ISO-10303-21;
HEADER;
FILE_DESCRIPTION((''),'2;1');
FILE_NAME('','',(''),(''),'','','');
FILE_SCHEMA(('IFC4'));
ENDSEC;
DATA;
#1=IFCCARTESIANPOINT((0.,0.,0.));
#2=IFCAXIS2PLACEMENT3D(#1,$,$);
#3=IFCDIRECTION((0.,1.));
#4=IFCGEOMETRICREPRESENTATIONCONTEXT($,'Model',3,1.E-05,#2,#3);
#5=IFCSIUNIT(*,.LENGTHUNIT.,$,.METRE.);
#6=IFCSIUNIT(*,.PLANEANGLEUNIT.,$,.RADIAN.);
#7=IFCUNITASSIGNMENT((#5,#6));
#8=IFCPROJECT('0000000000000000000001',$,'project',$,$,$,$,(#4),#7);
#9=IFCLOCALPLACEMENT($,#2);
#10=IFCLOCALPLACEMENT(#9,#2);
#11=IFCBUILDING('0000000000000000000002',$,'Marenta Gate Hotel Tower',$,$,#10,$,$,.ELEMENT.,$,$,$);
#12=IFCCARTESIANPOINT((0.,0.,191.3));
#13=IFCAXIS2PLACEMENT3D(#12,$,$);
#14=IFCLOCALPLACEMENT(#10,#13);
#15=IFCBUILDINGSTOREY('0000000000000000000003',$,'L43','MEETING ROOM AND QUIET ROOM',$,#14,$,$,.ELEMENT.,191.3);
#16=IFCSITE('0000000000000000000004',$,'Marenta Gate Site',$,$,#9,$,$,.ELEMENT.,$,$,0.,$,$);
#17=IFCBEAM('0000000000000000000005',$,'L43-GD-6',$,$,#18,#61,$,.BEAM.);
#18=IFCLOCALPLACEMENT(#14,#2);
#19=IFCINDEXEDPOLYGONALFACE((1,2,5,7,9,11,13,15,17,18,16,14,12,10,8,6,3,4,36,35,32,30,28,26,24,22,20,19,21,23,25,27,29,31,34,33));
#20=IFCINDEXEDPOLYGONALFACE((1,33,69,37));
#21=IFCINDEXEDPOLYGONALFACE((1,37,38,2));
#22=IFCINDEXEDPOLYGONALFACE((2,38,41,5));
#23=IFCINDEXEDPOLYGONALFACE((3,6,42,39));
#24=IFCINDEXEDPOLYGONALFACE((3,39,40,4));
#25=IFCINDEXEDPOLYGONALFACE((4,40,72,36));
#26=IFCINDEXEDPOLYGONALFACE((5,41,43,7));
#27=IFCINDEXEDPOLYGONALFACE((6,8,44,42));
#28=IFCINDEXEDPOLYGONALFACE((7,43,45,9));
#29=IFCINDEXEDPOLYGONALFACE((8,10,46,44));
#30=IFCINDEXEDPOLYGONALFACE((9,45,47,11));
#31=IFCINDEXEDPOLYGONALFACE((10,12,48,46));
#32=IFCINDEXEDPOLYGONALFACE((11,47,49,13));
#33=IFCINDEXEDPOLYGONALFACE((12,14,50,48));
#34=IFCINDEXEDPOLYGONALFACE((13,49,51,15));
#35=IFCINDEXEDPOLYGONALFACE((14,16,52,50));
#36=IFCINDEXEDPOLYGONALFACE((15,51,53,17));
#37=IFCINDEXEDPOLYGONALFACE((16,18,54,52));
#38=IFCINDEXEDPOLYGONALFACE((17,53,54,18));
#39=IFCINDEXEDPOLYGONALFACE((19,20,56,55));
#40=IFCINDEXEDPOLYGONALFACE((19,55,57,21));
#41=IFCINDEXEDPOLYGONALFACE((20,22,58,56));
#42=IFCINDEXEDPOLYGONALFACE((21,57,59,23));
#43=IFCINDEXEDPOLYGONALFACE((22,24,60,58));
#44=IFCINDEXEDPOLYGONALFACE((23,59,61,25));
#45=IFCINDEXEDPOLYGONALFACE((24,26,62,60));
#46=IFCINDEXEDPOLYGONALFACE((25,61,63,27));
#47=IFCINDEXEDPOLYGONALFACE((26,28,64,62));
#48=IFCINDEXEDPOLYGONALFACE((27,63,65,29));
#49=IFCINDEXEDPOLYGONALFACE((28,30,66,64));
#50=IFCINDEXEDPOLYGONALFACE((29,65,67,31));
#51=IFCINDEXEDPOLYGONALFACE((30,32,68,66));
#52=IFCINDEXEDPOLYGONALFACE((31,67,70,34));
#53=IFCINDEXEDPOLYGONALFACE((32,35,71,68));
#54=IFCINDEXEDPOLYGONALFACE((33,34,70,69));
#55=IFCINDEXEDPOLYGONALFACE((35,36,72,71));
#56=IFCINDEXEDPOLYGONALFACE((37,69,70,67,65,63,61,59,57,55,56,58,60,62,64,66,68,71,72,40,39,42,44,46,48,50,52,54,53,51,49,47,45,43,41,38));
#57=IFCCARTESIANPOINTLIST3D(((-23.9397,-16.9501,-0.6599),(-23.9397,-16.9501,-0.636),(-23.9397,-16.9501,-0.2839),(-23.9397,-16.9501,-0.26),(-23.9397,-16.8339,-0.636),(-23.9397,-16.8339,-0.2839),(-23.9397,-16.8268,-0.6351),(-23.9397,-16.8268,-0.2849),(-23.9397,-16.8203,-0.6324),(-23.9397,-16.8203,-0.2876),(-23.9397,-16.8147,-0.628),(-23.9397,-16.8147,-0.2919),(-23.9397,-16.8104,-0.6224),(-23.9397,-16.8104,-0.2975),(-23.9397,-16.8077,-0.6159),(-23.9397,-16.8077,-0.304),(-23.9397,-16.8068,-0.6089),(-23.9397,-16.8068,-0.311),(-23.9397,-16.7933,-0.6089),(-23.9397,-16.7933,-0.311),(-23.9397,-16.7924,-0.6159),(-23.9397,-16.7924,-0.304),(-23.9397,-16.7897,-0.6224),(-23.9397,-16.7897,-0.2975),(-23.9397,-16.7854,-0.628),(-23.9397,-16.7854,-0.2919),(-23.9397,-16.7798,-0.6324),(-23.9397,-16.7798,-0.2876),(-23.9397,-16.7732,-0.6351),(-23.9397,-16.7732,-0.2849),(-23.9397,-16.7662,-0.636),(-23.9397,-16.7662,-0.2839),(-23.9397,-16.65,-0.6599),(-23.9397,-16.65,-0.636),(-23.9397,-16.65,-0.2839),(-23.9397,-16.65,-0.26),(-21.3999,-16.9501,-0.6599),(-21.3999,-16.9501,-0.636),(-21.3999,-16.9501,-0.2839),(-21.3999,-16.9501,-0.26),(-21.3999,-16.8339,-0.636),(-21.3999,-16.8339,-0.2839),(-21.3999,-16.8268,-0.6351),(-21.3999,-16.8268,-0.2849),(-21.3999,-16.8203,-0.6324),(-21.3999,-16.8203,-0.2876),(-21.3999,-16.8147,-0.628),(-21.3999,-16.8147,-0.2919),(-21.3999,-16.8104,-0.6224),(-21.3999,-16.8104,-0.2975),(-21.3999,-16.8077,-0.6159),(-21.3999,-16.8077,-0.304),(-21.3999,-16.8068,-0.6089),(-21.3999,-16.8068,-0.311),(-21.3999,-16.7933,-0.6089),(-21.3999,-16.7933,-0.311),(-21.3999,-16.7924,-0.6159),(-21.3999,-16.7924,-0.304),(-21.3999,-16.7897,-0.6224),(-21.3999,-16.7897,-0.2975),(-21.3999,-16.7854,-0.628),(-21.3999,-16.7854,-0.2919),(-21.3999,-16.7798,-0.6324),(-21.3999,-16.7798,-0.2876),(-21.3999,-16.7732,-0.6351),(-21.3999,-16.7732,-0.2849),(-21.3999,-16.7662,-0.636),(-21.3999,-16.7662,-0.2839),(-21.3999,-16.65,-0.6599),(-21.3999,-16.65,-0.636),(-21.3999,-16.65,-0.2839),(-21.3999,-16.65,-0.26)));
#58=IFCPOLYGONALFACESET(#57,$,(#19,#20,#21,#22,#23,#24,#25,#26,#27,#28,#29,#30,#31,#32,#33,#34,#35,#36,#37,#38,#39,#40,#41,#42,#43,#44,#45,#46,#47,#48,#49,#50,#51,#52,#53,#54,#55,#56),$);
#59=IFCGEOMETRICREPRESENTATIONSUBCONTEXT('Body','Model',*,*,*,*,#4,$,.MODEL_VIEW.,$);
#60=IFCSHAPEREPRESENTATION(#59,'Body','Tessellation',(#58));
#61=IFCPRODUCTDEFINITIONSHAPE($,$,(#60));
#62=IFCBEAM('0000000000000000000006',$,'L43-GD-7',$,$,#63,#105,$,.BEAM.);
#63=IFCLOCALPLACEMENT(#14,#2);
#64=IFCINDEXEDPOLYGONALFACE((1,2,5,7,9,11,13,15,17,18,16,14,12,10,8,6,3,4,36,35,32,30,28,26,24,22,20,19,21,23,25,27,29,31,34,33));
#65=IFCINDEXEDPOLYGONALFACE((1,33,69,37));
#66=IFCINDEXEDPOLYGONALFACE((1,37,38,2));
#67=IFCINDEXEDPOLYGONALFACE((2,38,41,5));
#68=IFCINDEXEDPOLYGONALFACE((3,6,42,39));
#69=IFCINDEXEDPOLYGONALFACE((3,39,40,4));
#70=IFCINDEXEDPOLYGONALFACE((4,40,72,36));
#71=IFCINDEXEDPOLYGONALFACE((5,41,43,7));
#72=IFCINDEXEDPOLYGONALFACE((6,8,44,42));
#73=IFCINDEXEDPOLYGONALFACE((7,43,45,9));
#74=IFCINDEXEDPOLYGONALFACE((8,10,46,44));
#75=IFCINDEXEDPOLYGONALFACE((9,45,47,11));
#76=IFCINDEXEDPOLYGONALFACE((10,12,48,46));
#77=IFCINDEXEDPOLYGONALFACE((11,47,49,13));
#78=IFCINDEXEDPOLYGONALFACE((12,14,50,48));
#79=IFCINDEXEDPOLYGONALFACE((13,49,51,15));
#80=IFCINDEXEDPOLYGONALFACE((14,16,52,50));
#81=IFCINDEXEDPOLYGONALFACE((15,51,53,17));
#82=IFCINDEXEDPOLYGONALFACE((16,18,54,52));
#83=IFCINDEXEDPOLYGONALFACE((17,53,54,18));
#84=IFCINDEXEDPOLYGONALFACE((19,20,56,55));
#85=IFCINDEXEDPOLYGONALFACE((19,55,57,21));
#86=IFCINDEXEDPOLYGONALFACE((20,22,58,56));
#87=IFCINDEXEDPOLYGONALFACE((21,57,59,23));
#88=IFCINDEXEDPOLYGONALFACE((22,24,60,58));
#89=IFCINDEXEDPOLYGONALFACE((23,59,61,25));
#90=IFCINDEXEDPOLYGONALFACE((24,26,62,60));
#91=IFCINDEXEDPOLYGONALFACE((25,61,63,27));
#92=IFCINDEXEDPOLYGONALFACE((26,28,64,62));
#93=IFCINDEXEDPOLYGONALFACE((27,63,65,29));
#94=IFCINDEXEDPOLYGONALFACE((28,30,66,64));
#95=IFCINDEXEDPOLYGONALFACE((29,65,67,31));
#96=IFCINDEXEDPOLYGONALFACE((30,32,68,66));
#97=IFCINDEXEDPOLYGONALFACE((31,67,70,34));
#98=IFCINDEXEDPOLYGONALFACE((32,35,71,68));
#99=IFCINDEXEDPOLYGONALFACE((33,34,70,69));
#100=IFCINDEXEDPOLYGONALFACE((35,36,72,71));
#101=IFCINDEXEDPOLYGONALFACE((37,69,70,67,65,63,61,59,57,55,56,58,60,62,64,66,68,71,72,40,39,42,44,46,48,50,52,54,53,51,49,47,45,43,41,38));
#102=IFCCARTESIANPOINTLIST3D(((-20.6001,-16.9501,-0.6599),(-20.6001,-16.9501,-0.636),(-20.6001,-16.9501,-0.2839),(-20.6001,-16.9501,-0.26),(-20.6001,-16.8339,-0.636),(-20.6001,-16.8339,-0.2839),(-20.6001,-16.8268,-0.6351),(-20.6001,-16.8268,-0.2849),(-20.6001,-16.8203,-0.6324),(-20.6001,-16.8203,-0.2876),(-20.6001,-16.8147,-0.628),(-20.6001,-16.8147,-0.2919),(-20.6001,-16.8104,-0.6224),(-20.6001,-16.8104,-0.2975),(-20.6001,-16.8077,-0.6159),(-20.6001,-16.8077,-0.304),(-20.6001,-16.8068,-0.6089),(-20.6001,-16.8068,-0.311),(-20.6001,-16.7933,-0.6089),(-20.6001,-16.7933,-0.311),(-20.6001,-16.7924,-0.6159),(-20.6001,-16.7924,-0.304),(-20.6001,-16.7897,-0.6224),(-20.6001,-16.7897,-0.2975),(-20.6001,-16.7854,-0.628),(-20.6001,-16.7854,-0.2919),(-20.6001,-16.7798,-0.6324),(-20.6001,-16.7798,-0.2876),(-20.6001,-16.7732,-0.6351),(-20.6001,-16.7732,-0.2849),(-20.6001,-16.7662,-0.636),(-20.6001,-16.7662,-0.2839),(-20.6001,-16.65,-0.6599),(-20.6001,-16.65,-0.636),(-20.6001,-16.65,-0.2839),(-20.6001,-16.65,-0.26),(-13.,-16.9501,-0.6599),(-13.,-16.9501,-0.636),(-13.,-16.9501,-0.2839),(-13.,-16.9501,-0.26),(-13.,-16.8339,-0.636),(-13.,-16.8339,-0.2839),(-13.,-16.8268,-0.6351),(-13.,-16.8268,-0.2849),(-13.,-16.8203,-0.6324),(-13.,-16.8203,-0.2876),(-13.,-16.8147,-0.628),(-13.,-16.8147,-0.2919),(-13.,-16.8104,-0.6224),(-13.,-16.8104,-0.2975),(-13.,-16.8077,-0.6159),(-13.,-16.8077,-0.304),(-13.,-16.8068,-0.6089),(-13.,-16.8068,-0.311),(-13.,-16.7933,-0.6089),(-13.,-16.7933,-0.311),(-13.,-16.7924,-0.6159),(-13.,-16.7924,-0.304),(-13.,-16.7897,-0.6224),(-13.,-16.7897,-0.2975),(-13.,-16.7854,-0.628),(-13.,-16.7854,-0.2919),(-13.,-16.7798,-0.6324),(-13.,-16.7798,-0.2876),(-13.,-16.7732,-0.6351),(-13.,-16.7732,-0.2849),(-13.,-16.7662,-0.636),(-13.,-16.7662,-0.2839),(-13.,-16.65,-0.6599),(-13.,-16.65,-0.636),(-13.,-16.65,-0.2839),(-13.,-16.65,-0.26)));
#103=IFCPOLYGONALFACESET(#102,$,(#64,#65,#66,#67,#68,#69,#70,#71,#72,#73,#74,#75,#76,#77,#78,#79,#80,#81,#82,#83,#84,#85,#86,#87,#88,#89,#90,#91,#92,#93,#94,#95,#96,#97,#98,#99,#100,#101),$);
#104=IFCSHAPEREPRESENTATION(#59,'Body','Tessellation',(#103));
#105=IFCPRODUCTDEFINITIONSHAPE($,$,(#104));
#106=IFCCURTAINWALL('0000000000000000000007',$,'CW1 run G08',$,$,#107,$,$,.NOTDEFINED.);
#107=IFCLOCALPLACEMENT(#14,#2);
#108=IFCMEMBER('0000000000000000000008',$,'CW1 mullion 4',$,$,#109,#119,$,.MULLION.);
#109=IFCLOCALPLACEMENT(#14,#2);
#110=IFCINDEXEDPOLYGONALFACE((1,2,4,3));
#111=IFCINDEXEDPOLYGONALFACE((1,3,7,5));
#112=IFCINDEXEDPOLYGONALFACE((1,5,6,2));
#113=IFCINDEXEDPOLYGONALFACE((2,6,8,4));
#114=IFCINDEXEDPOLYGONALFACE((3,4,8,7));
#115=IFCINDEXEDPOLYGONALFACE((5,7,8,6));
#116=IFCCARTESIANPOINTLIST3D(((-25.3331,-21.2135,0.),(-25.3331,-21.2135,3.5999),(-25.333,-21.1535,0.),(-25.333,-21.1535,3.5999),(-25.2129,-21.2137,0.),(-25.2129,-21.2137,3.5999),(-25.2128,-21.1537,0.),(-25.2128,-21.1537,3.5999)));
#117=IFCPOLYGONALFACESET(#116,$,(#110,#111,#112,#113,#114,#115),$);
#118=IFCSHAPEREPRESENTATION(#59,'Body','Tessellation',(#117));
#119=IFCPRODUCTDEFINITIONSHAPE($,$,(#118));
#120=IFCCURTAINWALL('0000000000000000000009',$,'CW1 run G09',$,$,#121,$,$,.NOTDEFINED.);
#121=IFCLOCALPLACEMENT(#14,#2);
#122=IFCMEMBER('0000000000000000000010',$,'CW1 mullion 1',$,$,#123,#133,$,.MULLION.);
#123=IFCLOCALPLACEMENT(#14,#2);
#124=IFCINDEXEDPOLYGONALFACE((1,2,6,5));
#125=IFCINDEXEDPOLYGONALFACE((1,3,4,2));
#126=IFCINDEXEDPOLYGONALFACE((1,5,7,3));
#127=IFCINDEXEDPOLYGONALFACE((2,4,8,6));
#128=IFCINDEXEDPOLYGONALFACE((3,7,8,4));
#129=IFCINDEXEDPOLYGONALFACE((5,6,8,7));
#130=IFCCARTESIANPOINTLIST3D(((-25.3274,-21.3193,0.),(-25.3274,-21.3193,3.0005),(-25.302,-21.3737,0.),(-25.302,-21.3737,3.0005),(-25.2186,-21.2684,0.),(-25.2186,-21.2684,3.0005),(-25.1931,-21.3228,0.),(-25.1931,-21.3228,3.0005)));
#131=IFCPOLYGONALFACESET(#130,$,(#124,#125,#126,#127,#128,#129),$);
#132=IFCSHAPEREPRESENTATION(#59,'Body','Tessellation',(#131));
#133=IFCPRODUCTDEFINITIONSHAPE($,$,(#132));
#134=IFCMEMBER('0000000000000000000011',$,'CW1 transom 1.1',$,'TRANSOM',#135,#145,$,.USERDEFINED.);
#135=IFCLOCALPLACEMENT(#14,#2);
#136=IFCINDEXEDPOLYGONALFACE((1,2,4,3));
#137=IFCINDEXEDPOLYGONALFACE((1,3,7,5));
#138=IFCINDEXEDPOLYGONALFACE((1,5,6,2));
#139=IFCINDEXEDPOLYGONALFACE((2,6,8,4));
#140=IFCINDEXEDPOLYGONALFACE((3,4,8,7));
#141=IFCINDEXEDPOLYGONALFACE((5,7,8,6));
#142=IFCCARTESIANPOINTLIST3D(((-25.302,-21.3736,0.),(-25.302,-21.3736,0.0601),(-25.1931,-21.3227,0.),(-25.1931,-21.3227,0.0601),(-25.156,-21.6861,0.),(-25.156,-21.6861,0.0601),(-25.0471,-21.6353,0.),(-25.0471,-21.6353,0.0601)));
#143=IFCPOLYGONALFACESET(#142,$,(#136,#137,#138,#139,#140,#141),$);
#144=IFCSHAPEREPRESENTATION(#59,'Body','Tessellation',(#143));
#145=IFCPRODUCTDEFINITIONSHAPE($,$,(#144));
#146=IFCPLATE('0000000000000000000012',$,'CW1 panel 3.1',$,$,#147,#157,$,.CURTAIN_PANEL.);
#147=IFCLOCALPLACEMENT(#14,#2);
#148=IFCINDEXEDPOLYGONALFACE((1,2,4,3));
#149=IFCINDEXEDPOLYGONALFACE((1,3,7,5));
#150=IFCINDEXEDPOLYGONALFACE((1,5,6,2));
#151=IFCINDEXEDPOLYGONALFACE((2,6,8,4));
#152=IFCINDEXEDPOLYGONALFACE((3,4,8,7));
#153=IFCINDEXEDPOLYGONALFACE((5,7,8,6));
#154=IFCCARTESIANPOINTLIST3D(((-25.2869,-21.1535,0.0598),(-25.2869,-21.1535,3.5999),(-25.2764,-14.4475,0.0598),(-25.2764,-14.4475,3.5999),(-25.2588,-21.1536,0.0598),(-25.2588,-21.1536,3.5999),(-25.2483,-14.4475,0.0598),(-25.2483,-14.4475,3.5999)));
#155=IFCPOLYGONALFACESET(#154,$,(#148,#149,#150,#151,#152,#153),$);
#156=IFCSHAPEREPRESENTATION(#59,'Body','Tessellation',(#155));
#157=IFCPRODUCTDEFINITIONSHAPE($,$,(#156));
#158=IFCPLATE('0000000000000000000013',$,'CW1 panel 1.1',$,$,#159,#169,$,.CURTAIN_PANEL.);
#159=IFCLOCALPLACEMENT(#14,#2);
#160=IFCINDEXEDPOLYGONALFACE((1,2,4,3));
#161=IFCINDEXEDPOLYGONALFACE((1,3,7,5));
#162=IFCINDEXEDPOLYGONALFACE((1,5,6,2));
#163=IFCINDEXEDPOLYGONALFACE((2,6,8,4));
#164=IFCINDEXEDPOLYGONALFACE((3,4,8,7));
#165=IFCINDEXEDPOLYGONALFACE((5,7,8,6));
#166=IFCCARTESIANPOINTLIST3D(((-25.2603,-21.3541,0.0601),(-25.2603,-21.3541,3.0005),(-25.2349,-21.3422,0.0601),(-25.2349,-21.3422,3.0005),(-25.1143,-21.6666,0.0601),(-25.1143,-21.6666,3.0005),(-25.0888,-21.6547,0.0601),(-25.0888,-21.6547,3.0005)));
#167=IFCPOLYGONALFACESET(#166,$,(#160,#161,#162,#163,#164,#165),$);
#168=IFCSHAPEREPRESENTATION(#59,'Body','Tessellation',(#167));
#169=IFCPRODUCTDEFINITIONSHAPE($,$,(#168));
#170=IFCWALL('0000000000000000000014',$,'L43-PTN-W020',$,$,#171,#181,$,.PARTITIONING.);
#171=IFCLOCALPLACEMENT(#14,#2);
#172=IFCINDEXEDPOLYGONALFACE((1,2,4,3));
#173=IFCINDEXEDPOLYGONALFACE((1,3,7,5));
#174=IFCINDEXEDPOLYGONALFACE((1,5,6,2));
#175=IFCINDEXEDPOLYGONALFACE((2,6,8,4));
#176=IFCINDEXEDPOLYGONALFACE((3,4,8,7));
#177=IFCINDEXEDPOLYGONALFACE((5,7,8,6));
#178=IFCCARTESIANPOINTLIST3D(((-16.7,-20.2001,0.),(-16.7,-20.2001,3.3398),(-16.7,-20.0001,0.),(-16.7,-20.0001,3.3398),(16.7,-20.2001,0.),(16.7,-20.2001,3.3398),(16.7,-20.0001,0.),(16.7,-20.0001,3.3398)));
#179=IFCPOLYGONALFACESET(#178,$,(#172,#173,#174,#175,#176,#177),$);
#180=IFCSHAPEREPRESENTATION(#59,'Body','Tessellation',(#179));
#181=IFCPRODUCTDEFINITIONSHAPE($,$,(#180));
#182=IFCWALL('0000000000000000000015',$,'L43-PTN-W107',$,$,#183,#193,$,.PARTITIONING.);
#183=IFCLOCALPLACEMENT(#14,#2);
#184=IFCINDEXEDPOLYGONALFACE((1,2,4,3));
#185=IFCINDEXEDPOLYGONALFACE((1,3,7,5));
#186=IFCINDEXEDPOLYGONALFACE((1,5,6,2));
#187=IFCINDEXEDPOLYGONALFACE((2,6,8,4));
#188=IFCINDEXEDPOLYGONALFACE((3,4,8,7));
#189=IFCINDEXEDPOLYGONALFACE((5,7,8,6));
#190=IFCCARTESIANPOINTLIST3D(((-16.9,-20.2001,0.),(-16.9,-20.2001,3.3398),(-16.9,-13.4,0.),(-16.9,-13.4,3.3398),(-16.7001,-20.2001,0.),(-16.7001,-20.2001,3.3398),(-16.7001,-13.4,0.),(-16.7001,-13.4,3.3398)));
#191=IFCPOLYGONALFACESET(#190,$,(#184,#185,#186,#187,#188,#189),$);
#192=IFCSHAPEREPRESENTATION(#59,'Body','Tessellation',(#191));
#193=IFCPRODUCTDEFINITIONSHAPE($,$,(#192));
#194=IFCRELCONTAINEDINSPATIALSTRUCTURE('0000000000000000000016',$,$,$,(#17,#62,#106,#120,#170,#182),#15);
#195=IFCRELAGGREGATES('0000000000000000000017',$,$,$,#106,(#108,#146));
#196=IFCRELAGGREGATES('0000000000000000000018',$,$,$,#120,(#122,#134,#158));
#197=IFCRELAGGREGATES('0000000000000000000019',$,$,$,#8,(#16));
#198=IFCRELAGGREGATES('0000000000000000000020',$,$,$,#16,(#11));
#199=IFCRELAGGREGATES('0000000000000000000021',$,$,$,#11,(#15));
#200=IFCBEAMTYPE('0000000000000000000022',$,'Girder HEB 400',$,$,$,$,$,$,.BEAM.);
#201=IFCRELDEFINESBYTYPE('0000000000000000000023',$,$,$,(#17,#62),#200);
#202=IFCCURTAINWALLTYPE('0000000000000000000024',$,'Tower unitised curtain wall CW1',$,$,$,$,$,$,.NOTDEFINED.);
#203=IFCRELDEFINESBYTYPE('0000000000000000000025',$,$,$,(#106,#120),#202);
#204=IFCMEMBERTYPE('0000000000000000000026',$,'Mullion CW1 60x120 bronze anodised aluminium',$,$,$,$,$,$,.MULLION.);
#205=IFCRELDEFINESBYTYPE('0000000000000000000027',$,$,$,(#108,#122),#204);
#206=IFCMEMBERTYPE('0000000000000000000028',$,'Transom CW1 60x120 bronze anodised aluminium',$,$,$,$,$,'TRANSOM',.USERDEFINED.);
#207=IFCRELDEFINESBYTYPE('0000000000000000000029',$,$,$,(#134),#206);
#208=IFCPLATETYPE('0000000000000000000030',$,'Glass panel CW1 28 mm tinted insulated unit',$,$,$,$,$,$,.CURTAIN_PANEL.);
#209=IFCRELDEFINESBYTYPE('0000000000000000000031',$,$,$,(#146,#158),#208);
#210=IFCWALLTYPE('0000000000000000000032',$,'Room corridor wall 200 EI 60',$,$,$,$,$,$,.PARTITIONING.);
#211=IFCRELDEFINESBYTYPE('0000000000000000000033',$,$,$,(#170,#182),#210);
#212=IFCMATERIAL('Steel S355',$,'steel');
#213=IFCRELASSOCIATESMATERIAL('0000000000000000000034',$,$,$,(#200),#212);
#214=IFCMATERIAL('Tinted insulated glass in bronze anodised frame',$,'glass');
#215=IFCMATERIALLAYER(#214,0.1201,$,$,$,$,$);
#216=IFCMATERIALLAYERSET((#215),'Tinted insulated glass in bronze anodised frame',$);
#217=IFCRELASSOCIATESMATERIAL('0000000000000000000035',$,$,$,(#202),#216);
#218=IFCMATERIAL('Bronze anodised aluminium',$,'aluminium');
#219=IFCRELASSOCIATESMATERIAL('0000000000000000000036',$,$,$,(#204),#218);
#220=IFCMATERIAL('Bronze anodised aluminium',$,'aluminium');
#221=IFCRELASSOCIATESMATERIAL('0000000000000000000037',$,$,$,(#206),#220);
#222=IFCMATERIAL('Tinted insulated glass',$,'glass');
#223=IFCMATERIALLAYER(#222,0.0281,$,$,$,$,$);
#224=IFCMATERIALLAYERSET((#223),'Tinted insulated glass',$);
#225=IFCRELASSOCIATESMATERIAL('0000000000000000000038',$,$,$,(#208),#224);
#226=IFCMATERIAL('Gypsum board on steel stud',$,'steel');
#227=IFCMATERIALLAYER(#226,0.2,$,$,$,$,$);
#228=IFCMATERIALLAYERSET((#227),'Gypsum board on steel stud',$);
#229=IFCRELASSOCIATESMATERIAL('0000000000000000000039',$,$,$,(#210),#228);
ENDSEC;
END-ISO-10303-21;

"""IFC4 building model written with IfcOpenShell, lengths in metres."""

from ifc_helpers import new_model, si_unit, direction, frame, frame_2d, origin, origin_2d, place, context, subcontext, project, spatial, rectangle, i_section, extrude, material, layer, layer_set, material_profile, profile_set, type_object, element, aggregate, save


model = new_model("IFC4")

# Units and contexts
model_context = context("Model", 3, precision=1e-05, world=origin(), true_north=direction((0.0, 1.0)))
body_context = subcontext(model_context, "Body", "Model", "MODEL_VIEW")
ifc_project = project(units=[si_unit("LENGTHUNIT", "METRE"), si_unit("PLANEANGLEUNIT", "RADIAN")], contexts=[model_context])

# Site, building, storey
site_placement = place(None, origin())
site = spatial("IfcSite", under=ifc_project, at=site_placement, Name="Marenta Gate Site", CompositionType="ELEMENT", RefElevation=0.0)
building_placement = place(site_placement, origin())
building = spatial("IfcBuilding", under=site, at=building_placement, Name="Marenta Gate Hotel Tower", CompositionType="ELEMENT")
storey_placement = place(building_placement, frame((0.0, 0.0, 191.3)))
storey = spatial("IfcBuildingStorey", under=building, at=storey_placement, Name="L43", Description="MEETING ROOM AND QUIET ROOM", CompositionType="ELEMENT", Elevation=191.3)

# Beams
ifc_material_1 = material(Name="Steel S355", Category="steel")
ifc_material_profile_1 = material_profile(ifc_material_1, i_section(OverallWidth=0.3, OverallDepth=0.3999, WebThickness=0.0134, FlangeThickness=0.0239, FilletRadius=0.0271, at=origin_2d()), Name="HEB 400")
ifc_profile_set_1 = profile_set([ifc_material_profile_1], Name="Steel S355")
beam_type_1 = type_object("IfcBeamType", Name="Girder HEB 400", PredefinedType="BEAM", material=ifc_profile_set_1)
beam_1_placement = place(storey_placement, frame((-23.9397, -16.8, -0.46), z_axis=(1.0, 0.0, 0.0), x_axis=(0.0, 1.0, 0.0)))
element("IfcBeam", 1, at=beam_1_placement, inside=storey, type_object=beam_type_1, Name="L43-GD-6", PredefinedType="BEAM", context=body_context, shape_type="SweptSolid", body=[
    extrude(i_section(OverallWidth=0.3, OverallDepth=0.3999, WebThickness=0.0134, FlangeThickness=0.0239, FilletRadius=0.0271, at=origin_2d()), origin(), (0.0, 0.0, 1.0), 2.5398),
])
beam_2_placement = place(storey_placement, frame((-20.6001, -16.8, -0.46), z_axis=(1.0, 0.0, 0.0), x_axis=(0.0, 1.0, 0.0)))
element("IfcBeam", 2, at=beam_2_placement, inside=storey, type_object=beam_type_1, Name="L43-GD-7", PredefinedType="BEAM", context=body_context, shape_type="SweptSolid", body=[
    extrude(i_section(OverallWidth=0.3, OverallDepth=0.3999, WebThickness=0.0134, FlangeThickness=0.0239, FilletRadius=0.0271, at=origin_2d()), origin(), (0.0, 0.0, 1.0), 7.6001),
])

# Curtain wall, member
ifc_material_2 = material(Name="Tinted insulated glass in bronze anodised frame", Category="glass")
ifc_layer_1 = layer(ifc_material_2, 0.1201)
ifc_layer_set_1 = layer_set([ifc_layer_1], Name="Tinted insulated glass in bronze anodised frame")
curtain_wall_type = type_object("IfcCurtainWallType", Name="Tower unitised curtain wall CW1", PredefinedType="NOTDEFINED", material=ifc_layer_set_1)
curtain_wall_1_placement = place(storey_placement, origin())
curtain_wall_1 = element("IfcCurtainWall", 3, at=curtain_wall_1_placement, inside=storey, type_object=curtain_wall_type, Name="CW1 run G08", PredefinedType="NOTDEFINED")
ifc_material_3 = material(Name="Bronze anodised aluminium", Category="aluminium")
ifc_material_profile_2 = material_profile(ifc_material_3, rectangle(XDim=0.1201, YDim=0.0601, at=origin_2d()), Name="Mullion CW1 60x120 bronze anodised aluminium")
ifc_profile_set_2 = profile_set([ifc_material_profile_2], Name="Bronze anodised aluminium")
member_type_1 = type_object("IfcMemberType", Name="Mullion CW1 60x120 bronze anodised aluminium", PredefinedType="MULLION", material=ifc_profile_set_2)
member_1_placement = place(storey_placement, frame((-25.2729, -21.1836, 0.0), z_axis=(0.0, 0.0, 1.0), x_axis=(0.999999, -0.001565, 0.0)))
member_1 = element("IfcMember", 4, at=member_1_placement, type_object=member_type_1, Name="CW1 mullion 4", PredefinedType="MULLION", context=body_context, shape_type="SweptSolid", body=[
    extrude(rectangle(XDim=0.1201, YDim=0.0601, at=origin_2d()), origin(), (0.0, 0.0, 1.0), 3.5999),
])

# Curtain wall, members
curtain_wall_2_placement = place(storey_placement, origin())
curtain_wall_2 = element("IfcCurtainWall", 5, at=curtain_wall_2_placement, inside=storey, type_object=curtain_wall_type, Name="CW1 run G09", PredefinedType="NOTDEFINED")
member_2_placement = place(storey_placement, frame((-25.2603, -21.321, 0.0), z_axis=(0.0, 0.0, 1.0), x_axis=(0.905968, 0.423345, 0.0)))
member_2 = element("IfcMember", 6, at=member_2_placement, type_object=member_type_1, Name="CW1 mullion 1", PredefinedType="MULLION", context=body_context, shape_type="SweptSolid", body=[
    extrude(rectangle(XDim=0.1201, YDim=0.0601, at=origin_2d()), origin(), (0.0, 0.0, 1.0), 3.0005),
])
ifc_material_4 = material(Name="Bronze anodised aluminium", Category="aluminium")
ifc_material_profile_3 = material_profile(ifc_material_4, rectangle(XDim=0.1201, YDim=0.0601, at=origin_2d()), Name="Transom CW1 60x120 bronze anodised aluminium")
ifc_profile_set_3 = profile_set([ifc_material_profile_3], Name="Bronze anodised aluminium")
member_type_2 = type_object("IfcMemberType", Name="Transom CW1 60x120 bronze anodised aluminium", ElementType="TRANSOM", PredefinedType="USERDEFINED", material=ifc_profile_set_3)
member_3_placement = place(storey_placement, frame((-25.2476, -21.3481, 0.03), z_axis=(0.423273, -0.906002, 0.0), x_axis=(0.906002, 0.423273, 0.0)))
member_3 = element("IfcMember", 7, at=member_3_placement, type_object=member_type_2, Name="CW1 transom 1.1", ObjectType="TRANSOM", PredefinedType="USERDEFINED", context=body_context, shape_type="SweptSolid", body=[
    extrude(rectangle(XDim=0.1201, YDim=0.0601, at=origin_2d()), origin(), (0.0, 0.0, 1.0), 0.345),
])

# Plates
ifc_material_5 = material(Name="Tinted insulated glass", Category="glass")
ifc_layer_2 = layer(ifc_material_5, 0.0281)
ifc_layer_set_2 = layer_set([ifc_layer_2], Name="Tinted insulated glass")
plate_type = type_object("IfcPlateType", Name="Glass panel CW1 28 mm tinted insulated unit", PredefinedType="CURTAIN_PANEL", material=ifc_layer_set_2)
plate_1_placement = place(storey_placement, frame((-25.2676, -17.8005, 0.0598), z_axis=(0.0, 0.0, 1.0), x_axis=(-0.001565, -0.999999, 0.0)))
plate_1 = element("IfcPlate", 8, at=plate_1_placement, type_object=plate_type, Name="CW1 panel 3.1", PredefinedType="CURTAIN_PANEL", context=body_context, shape_type="SweptSolid", body=[
    extrude(rectangle(XDim=6.7061, YDim=0.0281, at=origin_2d()), origin(), (0.0, 0.0, 1.0), 3.54),
])
aggregate(curtain_wall_1, [member_1, plate_1])
plate_2_placement = place(storey_placement, frame((-25.1746, -21.5044, 0.0601), z_axis=(0.0, 0.0, 1.0), x_axis=(0.423345, -0.905968, 0.0)))
plate_2 = element("IfcPlate", 9, at=plate_2_placement, type_object=plate_type, Name="CW1 panel 1.1", PredefinedType="CURTAIN_PANEL", context=body_context, shape_type="SweptSolid", body=[
    extrude(rectangle(XDim=0.345, YDim=0.0281, at=origin_2d()), origin(), (0.0, 0.0, 1.0), 2.9404),
])
aggregate(curtain_wall_2, [member_2, member_3, plate_2])

# Walls
ifc_material_6 = material(Name="Gypsum board on steel stud", Category="steel")
ifc_layer_3 = layer(ifc_material_6, 0.2)
ifc_layer_set_3 = layer_set([ifc_layer_3], Name="Gypsum board on steel stud")
wall_type_1 = type_object("IfcWallType", Name="Room corridor wall 200 EI 60", PredefinedType="PARTITIONING", material=ifc_layer_set_3)
wall_1_placement = place(storey_placement, frame((-16.7, -20.1001, 0.0), z_axis=(0.0, 0.0, 1.0), x_axis=(1.0, 0.0, 0.0)))
element("IfcWall", 10, at=wall_1_placement, inside=storey, type_object=wall_type_1, Name="L43-PTN-W020", PredefinedType="PARTITIONING", context=body_context, shape_type="SweptSolid", body=[
    extrude(rectangle(XDim=33.3999, YDim=0.2, at=frame_2d((16.7, 0.0))), origin(), (0.0, 0.0, 1.0), 3.3398),
])
wall_2_placement = place(storey_placement, frame((-16.8, -20.2, 0.0), z_axis=(0.0, 0.0, 1.0), x_axis=(0.0, 1.0, 0.0)))
element("IfcWall", 11, at=wall_2_placement, inside=storey, type_object=wall_type_1, Name="L43-PTN-W107", PredefinedType="PARTITIONING", context=body_context, shape_type="SweptSolid", body=[
    extrude(rectangle(XDim=6.8, YDim=0.2, at=frame_2d((3.3999, 0.0))), origin(), (0.0, 0.0, 1.0), 3.3398),
])

save(model, "model.ifc")
